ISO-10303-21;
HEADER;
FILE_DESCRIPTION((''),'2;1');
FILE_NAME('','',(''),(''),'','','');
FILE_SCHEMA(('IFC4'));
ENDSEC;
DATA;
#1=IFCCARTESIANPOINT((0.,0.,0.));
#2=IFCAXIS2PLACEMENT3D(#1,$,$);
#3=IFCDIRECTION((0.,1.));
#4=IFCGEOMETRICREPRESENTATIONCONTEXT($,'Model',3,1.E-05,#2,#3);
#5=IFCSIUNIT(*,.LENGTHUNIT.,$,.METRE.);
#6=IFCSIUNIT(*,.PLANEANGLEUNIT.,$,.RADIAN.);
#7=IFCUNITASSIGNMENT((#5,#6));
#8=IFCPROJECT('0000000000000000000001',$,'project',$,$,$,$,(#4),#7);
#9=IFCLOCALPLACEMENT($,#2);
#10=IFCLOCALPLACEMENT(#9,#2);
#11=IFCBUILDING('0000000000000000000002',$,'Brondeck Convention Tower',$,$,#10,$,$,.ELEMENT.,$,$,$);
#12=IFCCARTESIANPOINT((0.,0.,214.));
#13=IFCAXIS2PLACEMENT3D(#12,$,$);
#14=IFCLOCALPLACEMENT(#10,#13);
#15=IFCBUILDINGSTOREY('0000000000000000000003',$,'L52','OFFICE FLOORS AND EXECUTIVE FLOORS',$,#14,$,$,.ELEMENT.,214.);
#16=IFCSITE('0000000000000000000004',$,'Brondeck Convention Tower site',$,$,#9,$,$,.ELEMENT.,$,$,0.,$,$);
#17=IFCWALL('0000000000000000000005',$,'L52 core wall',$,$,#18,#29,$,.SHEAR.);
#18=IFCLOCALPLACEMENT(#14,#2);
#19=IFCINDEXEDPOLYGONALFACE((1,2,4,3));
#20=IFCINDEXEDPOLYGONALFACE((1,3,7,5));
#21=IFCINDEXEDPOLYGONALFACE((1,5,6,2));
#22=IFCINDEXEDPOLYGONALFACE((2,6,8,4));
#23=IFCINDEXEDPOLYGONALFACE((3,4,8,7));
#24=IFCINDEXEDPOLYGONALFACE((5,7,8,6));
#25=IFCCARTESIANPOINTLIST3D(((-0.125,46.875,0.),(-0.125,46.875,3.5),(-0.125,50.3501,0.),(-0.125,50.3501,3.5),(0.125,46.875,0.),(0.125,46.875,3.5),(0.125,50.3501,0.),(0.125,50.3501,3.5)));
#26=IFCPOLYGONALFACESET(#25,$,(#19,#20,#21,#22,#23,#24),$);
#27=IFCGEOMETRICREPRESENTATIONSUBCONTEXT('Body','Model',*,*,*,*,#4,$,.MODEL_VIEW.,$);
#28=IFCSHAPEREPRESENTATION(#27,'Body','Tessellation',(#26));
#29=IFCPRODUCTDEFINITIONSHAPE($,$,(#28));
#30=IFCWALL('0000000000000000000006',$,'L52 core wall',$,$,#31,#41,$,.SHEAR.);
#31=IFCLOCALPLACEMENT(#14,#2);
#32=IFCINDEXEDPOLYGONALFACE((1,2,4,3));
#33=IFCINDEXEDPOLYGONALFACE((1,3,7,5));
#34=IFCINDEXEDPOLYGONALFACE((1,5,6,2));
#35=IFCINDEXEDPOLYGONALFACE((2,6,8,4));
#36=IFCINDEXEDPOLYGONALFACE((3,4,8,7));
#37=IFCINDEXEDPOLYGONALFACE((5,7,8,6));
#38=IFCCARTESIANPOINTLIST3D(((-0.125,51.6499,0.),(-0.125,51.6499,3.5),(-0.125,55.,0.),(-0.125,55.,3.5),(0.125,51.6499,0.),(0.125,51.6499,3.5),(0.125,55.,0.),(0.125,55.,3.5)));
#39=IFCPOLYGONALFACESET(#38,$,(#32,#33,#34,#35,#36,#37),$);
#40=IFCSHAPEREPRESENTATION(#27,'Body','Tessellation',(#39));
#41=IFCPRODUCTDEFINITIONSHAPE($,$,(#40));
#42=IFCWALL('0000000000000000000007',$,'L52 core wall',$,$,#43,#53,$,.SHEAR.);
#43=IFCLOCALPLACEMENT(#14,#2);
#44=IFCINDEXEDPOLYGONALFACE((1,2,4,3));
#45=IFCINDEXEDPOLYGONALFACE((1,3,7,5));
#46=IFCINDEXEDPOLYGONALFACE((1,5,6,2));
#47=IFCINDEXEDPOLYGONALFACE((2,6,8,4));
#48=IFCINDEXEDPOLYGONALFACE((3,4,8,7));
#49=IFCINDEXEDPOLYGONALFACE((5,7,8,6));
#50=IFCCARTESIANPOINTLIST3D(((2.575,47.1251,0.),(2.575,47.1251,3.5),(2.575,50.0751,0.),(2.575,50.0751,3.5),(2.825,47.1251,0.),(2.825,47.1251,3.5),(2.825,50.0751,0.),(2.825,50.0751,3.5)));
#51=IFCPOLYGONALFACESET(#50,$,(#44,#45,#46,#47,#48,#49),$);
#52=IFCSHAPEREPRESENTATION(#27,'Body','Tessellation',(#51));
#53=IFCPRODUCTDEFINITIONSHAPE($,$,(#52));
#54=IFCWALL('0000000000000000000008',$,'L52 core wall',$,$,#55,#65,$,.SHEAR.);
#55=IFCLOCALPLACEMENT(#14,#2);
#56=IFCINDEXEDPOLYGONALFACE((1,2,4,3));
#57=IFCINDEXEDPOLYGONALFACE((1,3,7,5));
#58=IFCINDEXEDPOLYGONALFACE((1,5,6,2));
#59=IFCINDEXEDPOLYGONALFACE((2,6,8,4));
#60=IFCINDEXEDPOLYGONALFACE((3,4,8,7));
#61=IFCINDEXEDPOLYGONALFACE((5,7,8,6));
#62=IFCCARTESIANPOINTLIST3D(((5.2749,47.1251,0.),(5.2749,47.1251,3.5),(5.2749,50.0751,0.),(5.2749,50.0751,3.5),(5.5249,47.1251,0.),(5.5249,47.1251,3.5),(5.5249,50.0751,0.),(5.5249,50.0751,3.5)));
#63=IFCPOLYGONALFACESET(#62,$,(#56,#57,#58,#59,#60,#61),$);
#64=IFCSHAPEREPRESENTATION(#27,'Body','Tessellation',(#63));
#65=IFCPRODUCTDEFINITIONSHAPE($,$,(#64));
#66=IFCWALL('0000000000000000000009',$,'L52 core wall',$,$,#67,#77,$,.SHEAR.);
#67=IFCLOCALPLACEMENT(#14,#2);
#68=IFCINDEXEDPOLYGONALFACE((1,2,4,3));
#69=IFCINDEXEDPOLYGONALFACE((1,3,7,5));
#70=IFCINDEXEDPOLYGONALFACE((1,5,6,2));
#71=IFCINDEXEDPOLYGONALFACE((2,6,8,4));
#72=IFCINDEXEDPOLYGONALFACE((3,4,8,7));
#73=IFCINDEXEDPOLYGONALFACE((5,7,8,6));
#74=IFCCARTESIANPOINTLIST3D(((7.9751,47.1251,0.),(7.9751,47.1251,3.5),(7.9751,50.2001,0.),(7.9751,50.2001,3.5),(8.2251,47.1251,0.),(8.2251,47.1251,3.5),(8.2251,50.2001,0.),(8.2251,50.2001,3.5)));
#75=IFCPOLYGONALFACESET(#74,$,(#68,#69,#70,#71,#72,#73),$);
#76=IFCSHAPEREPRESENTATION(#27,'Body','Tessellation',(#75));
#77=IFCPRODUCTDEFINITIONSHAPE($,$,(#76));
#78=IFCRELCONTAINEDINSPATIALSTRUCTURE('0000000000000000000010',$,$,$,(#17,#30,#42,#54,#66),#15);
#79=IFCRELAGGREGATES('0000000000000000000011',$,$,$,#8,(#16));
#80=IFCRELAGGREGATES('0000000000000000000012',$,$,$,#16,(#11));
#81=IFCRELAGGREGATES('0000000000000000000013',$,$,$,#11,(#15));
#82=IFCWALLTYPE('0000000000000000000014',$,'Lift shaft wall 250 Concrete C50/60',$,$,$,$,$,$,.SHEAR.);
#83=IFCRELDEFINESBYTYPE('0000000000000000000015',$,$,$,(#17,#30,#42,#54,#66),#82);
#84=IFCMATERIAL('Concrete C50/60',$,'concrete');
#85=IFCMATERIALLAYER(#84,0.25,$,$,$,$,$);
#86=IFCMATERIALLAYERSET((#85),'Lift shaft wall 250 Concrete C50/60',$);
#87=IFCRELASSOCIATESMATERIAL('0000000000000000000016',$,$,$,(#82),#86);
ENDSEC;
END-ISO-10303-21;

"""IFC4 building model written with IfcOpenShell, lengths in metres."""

from ifc_helpers import new_model, si_unit, direction, frame, frame_2d, origin, place, context, subcontext, project, spatial, rectangle, extrude, material, layer, layer_set, type_object, element, save


model = new_model("IFC4")

# Units and contexts
model_context = context("Model", 3, precision=1e-05, world=origin(), true_north=direction((0.0, 1.0)))
body_context = subcontext(model_context, "Body", "Model", "MODEL_VIEW")
ifc_project = project(units=[si_unit("LENGTHUNIT", "METRE"), si_unit("PLANEANGLEUNIT", "RADIAN")], contexts=[model_context])

# Site, building, storey
site_placement = place(None, origin())
site = spatial("IfcSite", under=ifc_project, at=site_placement, Name="Brondeck Convention Tower site", CompositionType="ELEMENT", RefElevation=0.0)
building_placement = place(site_placement, origin())
building = spatial("IfcBuilding", under=site, at=building_placement, Name="Brondeck Convention Tower", CompositionType="ELEMENT")
storey_placement = place(building_placement, frame((0.0, 0.0, 214.0)))
storey = spatial("IfcBuildingStorey", under=building, at=storey_placement, Name="L52", Description="OFFICE FLOORS AND EXECUTIVE FLOORS", CompositionType="ELEMENT", Elevation=214.0)

# Shared definitions
ifc_material_1 = material(Name="Concrete C50/60", Category="concrete")

# Shared definitions
ifc_layer_1 = layer(ifc_material_1, 0.25)
ifc_layer_set_1 = layer_set([ifc_layer_1], Name="Lift shaft wall 250 Concrete C50/60")
wall_type_1 = type_object("IfcWallType", Name="Lift shaft wall 250 Concrete C50/60", PredefinedType="SHEAR", material=ifc_layer_set_1)

# Walls
wall_1_placement = place(storey_placement, frame((0.0, 46.875, 0.0), z_axis=(0.0, 0.0, 1.0), x_axis=(0.0, 1.0, 0.0)))
element("IfcWall", 1, at=wall_1_placement, inside=storey, type_object=wall_type_1, Name="L52 core wall", PredefinedType="SHEAR", context=body_context, shape_type="SweptSolid", body=[
    extrude(rectangle(XDim=3.4751, YDim=0.25, at=frame_2d((1.7375, 0.0))), origin(), (0.0, 0.0, 1.0), 3.5),
])
wall_2_placement = place(storey_placement, frame((0.0, 51.6499, 0.0), z_axis=(0.0, 0.0, 1.0), x_axis=(0.0, 1.0, 0.0)))
element("IfcWall", 2, at=wall_2_placement, inside=storey, type_object=wall_type_1, Name="L52 core wall", PredefinedType="SHEAR", context=body_context, shape_type="SweptSolid", body=[
    extrude(rectangle(XDim=3.3501, YDim=0.25, at=frame_2d((1.675, 0.0))), origin(), (0.0, 0.0, 1.0), 3.5),
])
for number, where, z_axis, x_axis, name in (
    (3, (2.7, 47.125, 0.0), (0.0, 0.0, 1.0), (0.0, 1.0, 0.0), "L52 core wall"),
    (4, (5.3999, 47.125, 0.0), (0.0, 0.0, 1.0), (0.0, 1.0, 0.0), "L52 core wall"),
):
    element("IfcWall", number, at=place(storey_placement, frame(where, z_axis=z_axis, x_axis=x_axis)), inside=storey, type_object=wall_type_1, Name=name, PredefinedType="SHEAR", context=body_context, shape_type="SweptSolid", body=[
        extrude(rectangle(XDim=2.95, YDim=0.25, at=frame_2d((1.4751, 0.0))), origin(), (0.0, 0.0, 1.0), 3.5),
    ])
wall_3_placement = place(storey_placement, frame((8.1001, 47.125, 0.0), z_axis=(0.0, 0.0, 1.0), x_axis=(0.0, 1.0, 0.0)))
element("IfcWall", 5, at=wall_3_placement, inside=storey, type_object=wall_type_1, Name="L52 core wall", PredefinedType="SHEAR", context=body_context, shape_type="SweptSolid", body=[
    extrude(rectangle(XDim=3.075, YDim=0.25, at=frame_2d((1.5376, 0.0))), origin(), (0.0, 0.0, 1.0), 3.5),
])

save(model, "model.ifc")
